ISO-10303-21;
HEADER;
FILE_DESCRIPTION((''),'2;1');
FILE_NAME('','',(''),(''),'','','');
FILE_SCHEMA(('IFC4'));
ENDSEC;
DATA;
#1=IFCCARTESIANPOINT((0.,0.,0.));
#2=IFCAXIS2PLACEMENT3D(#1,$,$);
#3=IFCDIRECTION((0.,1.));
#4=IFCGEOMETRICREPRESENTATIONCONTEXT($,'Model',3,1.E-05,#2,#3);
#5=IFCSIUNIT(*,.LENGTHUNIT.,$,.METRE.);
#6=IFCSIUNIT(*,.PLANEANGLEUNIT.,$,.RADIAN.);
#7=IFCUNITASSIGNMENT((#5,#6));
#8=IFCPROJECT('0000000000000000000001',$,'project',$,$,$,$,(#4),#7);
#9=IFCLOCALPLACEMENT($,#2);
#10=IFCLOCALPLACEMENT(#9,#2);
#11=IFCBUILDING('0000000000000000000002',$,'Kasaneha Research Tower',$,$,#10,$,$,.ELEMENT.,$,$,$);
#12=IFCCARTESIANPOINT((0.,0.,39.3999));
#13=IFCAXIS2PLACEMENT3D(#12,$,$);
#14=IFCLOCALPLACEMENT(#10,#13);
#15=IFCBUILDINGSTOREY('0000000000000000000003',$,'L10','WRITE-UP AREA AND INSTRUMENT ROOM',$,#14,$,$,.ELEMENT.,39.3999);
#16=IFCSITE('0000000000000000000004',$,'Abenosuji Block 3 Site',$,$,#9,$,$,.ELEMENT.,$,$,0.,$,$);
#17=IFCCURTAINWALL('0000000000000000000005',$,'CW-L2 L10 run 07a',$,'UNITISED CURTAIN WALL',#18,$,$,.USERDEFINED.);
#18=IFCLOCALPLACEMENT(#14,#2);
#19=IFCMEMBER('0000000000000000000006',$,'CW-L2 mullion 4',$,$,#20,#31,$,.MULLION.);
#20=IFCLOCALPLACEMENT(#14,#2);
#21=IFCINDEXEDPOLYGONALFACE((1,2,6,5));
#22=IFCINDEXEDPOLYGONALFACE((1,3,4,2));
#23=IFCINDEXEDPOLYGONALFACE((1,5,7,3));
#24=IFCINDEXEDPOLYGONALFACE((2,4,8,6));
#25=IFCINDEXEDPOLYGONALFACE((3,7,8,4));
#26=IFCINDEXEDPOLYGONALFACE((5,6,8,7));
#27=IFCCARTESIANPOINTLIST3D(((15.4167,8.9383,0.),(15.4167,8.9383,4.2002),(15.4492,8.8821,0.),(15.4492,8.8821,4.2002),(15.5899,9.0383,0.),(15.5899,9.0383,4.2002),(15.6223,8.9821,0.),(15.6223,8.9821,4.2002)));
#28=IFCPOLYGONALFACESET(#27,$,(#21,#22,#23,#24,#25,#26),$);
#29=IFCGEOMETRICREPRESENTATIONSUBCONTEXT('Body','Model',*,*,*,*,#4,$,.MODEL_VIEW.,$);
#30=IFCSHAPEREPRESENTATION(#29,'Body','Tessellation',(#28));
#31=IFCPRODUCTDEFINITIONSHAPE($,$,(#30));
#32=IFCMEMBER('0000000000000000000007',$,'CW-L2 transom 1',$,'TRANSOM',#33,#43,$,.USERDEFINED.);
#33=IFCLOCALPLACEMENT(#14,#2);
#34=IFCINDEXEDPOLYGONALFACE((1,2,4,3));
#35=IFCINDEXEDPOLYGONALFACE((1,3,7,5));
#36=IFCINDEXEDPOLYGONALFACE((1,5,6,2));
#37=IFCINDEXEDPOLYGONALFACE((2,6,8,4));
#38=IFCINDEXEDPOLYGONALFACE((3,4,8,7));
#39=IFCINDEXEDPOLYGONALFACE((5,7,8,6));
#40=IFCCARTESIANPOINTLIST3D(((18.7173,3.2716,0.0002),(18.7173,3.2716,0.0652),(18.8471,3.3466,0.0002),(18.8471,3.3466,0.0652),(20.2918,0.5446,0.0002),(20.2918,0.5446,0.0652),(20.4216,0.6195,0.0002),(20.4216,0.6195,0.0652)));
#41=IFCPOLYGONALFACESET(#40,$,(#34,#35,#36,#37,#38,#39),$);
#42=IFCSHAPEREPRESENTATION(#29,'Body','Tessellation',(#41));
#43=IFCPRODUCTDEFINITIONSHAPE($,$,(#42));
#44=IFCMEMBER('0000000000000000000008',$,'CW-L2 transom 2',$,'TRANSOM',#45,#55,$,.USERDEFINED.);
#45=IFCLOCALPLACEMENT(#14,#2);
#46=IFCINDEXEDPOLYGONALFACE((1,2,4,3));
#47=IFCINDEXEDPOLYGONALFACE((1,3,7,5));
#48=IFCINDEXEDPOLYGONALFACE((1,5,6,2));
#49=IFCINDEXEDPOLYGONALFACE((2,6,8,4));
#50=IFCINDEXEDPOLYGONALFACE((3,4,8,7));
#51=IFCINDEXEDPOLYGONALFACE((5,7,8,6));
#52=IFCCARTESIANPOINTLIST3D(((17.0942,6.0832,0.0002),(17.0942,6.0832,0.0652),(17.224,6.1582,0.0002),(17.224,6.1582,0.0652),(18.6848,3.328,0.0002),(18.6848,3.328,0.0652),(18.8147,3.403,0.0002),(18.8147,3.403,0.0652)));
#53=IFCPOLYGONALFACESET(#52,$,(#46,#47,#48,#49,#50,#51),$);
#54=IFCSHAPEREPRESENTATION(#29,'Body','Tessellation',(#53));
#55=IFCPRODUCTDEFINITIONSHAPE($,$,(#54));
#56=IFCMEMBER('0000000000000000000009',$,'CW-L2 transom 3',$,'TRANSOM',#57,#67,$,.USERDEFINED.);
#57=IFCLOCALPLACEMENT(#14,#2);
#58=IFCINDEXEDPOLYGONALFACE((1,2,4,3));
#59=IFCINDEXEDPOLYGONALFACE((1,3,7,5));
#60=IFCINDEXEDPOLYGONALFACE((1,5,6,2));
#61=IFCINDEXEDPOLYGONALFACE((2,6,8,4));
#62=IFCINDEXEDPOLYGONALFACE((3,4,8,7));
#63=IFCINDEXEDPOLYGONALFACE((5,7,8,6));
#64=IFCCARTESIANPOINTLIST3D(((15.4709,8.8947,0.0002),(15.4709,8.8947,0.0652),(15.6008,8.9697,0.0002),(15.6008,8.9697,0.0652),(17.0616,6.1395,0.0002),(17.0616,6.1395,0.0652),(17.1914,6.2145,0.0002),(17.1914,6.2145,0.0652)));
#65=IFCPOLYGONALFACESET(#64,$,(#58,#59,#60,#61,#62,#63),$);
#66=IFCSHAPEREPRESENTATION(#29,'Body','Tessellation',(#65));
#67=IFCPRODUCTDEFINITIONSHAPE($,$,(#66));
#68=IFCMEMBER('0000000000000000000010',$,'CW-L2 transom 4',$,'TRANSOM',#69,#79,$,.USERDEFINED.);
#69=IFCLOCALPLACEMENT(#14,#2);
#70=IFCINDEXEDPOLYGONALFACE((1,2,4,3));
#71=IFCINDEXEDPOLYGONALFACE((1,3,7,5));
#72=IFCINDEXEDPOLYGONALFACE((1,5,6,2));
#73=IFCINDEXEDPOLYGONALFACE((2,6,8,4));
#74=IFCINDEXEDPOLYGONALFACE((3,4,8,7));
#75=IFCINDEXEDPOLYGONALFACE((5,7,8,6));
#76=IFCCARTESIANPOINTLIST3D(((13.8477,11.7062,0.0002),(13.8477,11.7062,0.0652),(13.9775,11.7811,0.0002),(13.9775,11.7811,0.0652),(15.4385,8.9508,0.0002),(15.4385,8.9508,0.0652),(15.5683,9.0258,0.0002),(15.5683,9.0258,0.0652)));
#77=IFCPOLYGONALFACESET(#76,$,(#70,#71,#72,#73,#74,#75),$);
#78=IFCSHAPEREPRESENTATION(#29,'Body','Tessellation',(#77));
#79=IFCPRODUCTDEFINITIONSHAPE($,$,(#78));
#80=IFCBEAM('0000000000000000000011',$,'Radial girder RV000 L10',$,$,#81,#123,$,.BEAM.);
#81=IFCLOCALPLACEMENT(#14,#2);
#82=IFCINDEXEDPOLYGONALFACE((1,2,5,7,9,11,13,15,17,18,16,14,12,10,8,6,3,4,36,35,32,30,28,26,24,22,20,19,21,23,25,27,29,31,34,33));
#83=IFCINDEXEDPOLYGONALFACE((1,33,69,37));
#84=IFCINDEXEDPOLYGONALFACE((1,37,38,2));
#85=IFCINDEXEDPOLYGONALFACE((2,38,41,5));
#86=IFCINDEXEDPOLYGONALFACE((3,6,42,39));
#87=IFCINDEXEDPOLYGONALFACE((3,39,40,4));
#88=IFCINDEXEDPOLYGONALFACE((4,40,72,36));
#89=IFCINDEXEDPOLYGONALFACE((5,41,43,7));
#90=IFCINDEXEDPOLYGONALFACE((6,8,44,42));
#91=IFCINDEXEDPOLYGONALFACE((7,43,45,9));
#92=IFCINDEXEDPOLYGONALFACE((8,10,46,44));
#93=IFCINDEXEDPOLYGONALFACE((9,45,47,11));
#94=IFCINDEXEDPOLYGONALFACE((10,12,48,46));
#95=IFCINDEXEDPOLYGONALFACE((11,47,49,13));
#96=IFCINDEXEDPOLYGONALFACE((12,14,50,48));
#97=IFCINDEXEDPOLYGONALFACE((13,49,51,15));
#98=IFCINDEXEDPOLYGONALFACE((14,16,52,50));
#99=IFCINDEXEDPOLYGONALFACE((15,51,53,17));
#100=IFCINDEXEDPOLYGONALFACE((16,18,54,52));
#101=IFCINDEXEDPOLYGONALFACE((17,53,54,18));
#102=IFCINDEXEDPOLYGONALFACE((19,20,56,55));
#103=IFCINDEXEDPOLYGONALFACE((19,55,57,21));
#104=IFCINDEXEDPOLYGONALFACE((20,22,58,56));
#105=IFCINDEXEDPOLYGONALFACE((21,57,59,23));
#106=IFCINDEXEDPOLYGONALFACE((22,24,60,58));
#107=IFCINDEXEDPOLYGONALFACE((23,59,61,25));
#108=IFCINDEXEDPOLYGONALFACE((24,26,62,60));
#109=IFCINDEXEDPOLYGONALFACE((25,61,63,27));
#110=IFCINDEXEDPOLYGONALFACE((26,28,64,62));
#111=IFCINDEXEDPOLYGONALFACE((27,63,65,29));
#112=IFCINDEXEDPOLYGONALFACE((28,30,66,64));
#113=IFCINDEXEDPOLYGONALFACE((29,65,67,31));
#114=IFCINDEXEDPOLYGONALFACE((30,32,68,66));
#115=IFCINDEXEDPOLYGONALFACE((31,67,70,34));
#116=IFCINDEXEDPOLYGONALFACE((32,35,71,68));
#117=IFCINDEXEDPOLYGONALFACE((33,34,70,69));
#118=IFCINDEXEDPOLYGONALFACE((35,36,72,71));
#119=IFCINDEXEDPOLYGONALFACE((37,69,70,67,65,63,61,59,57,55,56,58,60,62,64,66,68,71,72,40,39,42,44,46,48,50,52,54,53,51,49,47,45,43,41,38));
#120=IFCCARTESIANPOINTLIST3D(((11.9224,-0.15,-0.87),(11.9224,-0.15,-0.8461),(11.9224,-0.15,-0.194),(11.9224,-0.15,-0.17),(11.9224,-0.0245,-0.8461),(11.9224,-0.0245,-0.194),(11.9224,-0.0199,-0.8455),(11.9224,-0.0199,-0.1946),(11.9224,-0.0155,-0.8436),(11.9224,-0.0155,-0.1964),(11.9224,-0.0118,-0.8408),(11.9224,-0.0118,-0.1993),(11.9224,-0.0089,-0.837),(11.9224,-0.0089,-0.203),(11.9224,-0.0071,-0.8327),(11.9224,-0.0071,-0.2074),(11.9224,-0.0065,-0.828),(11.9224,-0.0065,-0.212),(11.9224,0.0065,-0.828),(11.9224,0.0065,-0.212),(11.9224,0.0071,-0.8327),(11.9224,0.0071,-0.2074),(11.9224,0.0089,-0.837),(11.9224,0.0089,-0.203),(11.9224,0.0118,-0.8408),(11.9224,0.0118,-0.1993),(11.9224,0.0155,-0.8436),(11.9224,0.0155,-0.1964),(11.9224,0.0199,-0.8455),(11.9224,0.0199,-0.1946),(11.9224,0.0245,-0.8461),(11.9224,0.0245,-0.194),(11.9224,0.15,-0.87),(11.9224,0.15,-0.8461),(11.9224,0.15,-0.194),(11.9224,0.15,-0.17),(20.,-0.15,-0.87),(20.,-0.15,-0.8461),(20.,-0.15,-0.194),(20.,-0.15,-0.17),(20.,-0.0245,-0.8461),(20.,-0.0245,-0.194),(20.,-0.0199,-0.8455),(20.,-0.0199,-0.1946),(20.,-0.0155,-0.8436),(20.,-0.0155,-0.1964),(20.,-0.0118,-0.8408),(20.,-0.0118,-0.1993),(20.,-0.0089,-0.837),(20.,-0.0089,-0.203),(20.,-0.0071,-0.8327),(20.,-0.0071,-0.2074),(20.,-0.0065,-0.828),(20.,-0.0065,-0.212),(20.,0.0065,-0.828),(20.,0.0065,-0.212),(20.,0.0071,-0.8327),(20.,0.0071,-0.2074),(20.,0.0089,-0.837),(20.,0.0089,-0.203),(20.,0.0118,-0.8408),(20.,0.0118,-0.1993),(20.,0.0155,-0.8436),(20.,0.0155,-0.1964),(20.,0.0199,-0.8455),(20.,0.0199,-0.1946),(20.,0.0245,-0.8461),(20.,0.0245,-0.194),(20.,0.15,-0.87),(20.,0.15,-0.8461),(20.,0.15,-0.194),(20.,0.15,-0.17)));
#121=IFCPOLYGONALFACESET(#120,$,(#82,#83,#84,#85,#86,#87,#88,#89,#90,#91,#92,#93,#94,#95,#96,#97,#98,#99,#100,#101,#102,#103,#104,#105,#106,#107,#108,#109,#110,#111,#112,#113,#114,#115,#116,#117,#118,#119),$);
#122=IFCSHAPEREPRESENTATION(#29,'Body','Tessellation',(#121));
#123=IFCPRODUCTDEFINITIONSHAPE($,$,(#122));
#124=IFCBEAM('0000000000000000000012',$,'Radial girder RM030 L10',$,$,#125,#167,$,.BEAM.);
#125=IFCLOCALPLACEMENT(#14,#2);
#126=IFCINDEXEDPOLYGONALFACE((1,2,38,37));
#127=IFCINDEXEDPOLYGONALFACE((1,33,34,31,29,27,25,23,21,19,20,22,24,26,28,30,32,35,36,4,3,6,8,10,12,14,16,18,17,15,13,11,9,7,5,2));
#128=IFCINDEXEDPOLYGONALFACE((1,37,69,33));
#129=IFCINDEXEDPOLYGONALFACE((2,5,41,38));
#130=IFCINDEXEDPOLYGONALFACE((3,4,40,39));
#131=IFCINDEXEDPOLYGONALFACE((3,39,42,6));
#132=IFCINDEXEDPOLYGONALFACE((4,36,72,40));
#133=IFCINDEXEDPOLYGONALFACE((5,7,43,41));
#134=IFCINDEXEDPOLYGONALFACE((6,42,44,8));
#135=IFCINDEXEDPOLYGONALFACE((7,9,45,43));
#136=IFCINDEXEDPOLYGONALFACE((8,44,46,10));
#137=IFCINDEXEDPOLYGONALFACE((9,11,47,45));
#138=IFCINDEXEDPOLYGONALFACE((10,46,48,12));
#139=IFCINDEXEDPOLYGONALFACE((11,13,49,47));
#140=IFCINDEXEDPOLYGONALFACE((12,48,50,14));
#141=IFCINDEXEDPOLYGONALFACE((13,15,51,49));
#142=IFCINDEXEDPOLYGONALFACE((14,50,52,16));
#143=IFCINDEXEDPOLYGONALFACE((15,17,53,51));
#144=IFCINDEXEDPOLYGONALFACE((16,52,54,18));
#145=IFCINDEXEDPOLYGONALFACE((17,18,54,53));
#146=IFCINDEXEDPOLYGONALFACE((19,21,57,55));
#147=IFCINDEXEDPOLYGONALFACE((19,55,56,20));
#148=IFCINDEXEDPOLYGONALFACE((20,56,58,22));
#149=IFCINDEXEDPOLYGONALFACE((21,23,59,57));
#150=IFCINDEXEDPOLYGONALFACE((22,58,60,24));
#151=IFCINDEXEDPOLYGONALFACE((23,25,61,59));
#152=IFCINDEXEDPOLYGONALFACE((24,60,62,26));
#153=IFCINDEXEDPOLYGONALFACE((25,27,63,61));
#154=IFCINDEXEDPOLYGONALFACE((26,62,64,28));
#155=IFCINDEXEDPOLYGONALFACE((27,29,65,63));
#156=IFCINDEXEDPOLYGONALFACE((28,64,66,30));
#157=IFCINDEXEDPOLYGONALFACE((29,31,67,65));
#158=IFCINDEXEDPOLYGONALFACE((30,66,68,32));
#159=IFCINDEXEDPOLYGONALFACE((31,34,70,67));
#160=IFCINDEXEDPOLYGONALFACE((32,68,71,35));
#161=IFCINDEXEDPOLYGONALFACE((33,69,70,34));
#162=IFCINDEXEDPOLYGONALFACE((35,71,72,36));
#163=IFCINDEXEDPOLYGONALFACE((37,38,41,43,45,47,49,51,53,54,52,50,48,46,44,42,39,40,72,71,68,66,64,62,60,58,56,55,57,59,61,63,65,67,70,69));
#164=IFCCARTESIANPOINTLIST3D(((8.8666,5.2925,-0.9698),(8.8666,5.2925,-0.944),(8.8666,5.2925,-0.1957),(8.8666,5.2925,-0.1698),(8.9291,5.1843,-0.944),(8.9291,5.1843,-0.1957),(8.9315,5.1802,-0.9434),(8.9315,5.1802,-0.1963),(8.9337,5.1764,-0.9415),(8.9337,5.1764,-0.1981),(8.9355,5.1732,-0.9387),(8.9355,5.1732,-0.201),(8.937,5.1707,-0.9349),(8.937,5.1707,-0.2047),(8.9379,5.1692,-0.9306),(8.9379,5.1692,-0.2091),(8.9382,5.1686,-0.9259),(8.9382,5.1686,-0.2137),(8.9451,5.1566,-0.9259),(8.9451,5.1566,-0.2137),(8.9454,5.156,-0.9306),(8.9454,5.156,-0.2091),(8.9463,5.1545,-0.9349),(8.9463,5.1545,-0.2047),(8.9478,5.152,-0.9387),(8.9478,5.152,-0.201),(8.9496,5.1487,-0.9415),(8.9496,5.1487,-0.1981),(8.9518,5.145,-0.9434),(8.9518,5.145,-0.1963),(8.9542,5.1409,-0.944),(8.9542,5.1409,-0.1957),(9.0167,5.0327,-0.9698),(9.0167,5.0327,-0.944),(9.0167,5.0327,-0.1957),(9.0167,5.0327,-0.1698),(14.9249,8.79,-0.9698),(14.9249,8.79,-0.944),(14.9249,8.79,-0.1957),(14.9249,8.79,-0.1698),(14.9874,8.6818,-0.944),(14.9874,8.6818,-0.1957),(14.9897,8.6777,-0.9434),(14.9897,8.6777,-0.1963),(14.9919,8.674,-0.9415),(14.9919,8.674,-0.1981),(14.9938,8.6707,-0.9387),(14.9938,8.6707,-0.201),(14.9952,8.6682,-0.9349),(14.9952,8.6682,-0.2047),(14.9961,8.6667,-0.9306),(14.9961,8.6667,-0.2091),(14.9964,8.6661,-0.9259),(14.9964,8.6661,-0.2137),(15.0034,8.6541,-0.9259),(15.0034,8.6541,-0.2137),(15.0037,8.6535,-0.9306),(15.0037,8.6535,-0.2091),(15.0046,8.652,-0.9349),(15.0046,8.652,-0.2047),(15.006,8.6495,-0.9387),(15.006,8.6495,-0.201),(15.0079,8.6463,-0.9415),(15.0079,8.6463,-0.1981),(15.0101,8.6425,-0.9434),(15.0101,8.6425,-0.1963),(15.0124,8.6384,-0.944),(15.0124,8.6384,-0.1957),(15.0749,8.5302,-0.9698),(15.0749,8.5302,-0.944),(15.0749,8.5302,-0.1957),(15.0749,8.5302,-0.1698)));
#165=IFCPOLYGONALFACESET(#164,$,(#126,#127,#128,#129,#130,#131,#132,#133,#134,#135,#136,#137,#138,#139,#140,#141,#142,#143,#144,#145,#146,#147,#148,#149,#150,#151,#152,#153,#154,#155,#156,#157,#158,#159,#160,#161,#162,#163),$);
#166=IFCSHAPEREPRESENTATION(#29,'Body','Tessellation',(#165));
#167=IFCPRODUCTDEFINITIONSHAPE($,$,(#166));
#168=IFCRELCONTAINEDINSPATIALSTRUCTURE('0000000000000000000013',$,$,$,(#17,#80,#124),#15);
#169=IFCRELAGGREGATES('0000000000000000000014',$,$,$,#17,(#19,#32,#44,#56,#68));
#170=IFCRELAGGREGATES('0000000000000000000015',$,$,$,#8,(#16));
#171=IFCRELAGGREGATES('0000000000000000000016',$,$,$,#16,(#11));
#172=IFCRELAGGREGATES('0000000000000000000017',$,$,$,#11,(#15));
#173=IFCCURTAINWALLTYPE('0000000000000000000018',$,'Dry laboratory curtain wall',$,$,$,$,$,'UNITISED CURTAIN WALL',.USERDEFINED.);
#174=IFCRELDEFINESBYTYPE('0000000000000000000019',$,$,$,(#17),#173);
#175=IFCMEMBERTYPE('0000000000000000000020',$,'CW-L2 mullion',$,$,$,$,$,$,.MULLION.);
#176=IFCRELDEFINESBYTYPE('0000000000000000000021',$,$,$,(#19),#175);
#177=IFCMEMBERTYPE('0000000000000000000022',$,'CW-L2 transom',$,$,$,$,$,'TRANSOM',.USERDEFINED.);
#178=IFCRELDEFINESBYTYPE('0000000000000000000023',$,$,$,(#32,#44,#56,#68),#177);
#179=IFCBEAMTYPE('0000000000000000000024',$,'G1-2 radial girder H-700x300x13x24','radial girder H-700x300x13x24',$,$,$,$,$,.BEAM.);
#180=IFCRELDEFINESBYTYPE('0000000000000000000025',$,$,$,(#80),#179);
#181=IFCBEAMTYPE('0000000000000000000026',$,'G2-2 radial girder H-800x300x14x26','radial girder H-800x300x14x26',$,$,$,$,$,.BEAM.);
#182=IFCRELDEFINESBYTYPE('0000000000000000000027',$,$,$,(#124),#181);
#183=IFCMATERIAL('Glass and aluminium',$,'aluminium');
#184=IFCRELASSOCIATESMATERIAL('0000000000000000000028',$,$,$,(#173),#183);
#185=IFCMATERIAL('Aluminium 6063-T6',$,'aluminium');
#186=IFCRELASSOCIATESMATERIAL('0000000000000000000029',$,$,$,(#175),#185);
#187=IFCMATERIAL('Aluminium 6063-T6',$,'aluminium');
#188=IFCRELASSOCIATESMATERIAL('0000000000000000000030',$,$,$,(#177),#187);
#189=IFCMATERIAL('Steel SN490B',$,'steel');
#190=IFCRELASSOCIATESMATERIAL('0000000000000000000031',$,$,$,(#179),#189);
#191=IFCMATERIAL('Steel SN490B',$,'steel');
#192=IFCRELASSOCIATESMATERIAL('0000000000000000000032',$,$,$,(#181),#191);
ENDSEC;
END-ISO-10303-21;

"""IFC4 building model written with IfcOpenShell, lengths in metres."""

from ifc_helpers import new_model, si_unit, direction, frame, origin, origin_2d, place, context, subcontext, project, spatial, rectangle, i_section, extrude, material, material_profile, profile_set, type_object, element, aggregate, save


model = new_model("IFC4")

# Units and contexts
model_context = context("Model", 3, precision=1e-05, world=origin(), true_north=direction((0.0, 1.0)))
body_context = subcontext(model_context, "Body", "Model", "MODEL_VIEW")
ifc_project = project(units=[si_unit("LENGTHUNIT", "METRE"), si_unit("PLANEANGLEUNIT", "RADIAN")], contexts=[model_context])

# Site, building, storey
site_placement = place(None, origin())
site = spatial("IfcSite", under=ifc_project, at=site_placement, Name="Abenosuji Block 3 Site", CompositionType="ELEMENT", RefElevation=0.0)
building_placement = place(site_placement, origin())
building = spatial("IfcBuilding", under=site, at=building_placement, Name="Kasaneha Research Tower", CompositionType="ELEMENT")
storey_placement = place(building_placement, frame((0.0, 0.0, 39.3999)))
storey = spatial("IfcBuildingStorey", under=building, at=storey_placement, Name="L10", Description="WRITE-UP AREA AND INSTRUMENT ROOM", CompositionType="ELEMENT", Elevation=39.3999)

# Shared definitions
ifc_material_1 = material(Name="Glass and aluminium", Category="aluminium")
curtain_wall_type = type_object("IfcCurtainWallType", Name="Dry laboratory curtain wall", ElementType="UNITISED CURTAIN WALL", PredefinedType="USERDEFINED", material=ifc_material_1)
ifc_material_2 = material(Name="Aluminium 6063-T6", Category="aluminium")
ifc_material_profile_1 = material_profile(ifc_material_2, rectangle(XDim=0.0649, YDim=0.2, at=origin_2d()), Name="CW-L2 mullion 65x200")
ifc_profile_set_1 = profile_set([ifc_material_profile_1], Name="Aluminium 6063-T6")
member_type_1 = type_object("IfcMemberType", Name="CW-L2 mullion", PredefinedType="MULLION", material=ifc_profile_set_1)

# Curtain wall, members
curtain_wall_1_placement = place(storey_placement, origin())
curtain_wall_1 = element("IfcCurtainWall", 1, at=curtain_wall_1_placement, inside=storey, type_object=curtain_wall_type, Name="CW-L2 L10 run 07a", ObjectType="UNITISED CURTAIN WALL", PredefinedType="USERDEFINED")
member_1_placement = place(storey_placement, frame((15.5195, 8.9602, 0.0), z_axis=(0.0, 0.0, 1.0), x_axis=(-0.5, 0.866025, 0.0)))
member_1 = element("IfcMember", 2, at=member_1_placement, type_object=member_type_1, Name="CW-L2 mullion 4", PredefinedType="MULLION", context=body_context, shape_type="SweptSolid", body=[
    extrude(rectangle(XDim=0.0649, YDim=0.2, at=origin_2d()), origin(), (0.0, 0.0, 1.0), 4.2002),
])
ifc_material_3 = material(Name="Aluminium 6063-T6", Category="aluminium")
ifc_material_profile_2 = material_profile(ifc_material_3, rectangle(XDim=0.1499, YDim=0.0649, at=origin_2d()), Name="CW-L2 transom 150x65")
ifc_profile_set_2 = profile_set([ifc_material_profile_2], Name="Aluminium 6063-T6")
member_type_2 = type_object("IfcMemberType", Name="CW-L2 transom", ElementType="TRANSOM", PredefinedType="USERDEFINED", material=ifc_profile_set_2)
member_2_placement = place(storey_placement, frame((20.3567, 0.582, 0.0327), z_axis=(-0.5, 0.866025, 0.0), x_axis=(-0.866025, -0.5, 0.0)))
member_2 = element("IfcMember", 3, at=member_2_placement, type_object=member_type_2, Name="CW-L2 transom 1", ObjectType="TRANSOM", PredefinedType="USERDEFINED", context=body_context, shape_type="SweptSolid", body=[
    extrude(rectangle(XDim=0.1499, YDim=0.0649, at=origin_2d()), origin(), (0.0, 0.0, 1.0), 3.1489),
])
member_3_placement = place(storey_placement, frame((18.7498, 3.3655, 0.0327), z_axis=(-0.499977, 0.866039, 0.0), x_axis=(-0.866039, -0.499977, 0.0)))
member_3 = element("IfcMember", 4, at=member_3_placement, type_object=member_type_2, Name="CW-L2 transom 2", ObjectType="TRANSOM", PredefinedType="USERDEFINED", context=body_context, shape_type="SweptSolid", body=[
    extrude(rectangle(XDim=0.1499, YDim=0.0649, at=origin_2d()), origin(), (0.0, 0.0, 1.0), 3.1814),
])
member_4_placement = place(storey_placement, frame((17.1265, 6.177, 0.0327), z_axis=(-0.499977, 0.866039, 0.0), x_axis=(-0.866039, -0.499977, 0.0)))
member_4 = element("IfcMember", 5, at=member_4_placement, type_object=member_type_2, Name="CW-L2 transom 3", ObjectType="TRANSOM", PredefinedType="USERDEFINED", context=body_context, shape_type="SweptSolid", body=[
    extrude(rectangle(XDim=0.1499, YDim=0.0649, at=origin_2d()), origin(), (0.0, 0.0, 1.0), 3.1814),
])
member_5_placement = place(storey_placement, frame((15.5034, 8.9883, 0.0327), z_axis=(-0.500001, 0.866025, 0.0), x_axis=(-0.866025, -0.500001, 0.0)))
member_5 = element("IfcMember", 6, at=member_5_placement, type_object=member_type_2, Name="CW-L2 transom 4", ObjectType="TRANSOM", PredefinedType="USERDEFINED", context=body_context, shape_type="SweptSolid", body=[
    extrude(rectangle(XDim=0.1499, YDim=0.0649, at=origin_2d()), origin(), (0.0, 0.0, 1.0), 3.1816),
])

# Beams
ifc_material_4 = material(Name="Steel SN490B", Category="steel")
ifc_material_profile_3 = material_profile(ifc_material_4, i_section(OverallWidth=0.3, OverallDepth=0.7, WebThickness=0.0129, FlangeThickness=0.0239, FilletRadius=0.0181, at=origin_2d()), Name="H-700x300x13x24")
ifc_profile_set_3 = profile_set([ifc_material_profile_3], Name="Steel SN490B")
beam_type_1 = type_object("IfcBeamType", Name="G1-2 radial girder H-700x300x13x24", Description="radial girder H-700x300x13x24", PredefinedType="BEAM", material=ifc_profile_set_3)
beam_1_placement = place(storey_placement, frame((11.9224, 0.0, -0.52), z_axis=(1.0, 0.0, 0.0), x_axis=(0.0, 1.0, 0.0)))
element("IfcBeam", 7, at=beam_1_placement, inside=storey, type_object=beam_type_1, Name="Radial girder RV000 L10", PredefinedType="BEAM", context=body_context, shape_type="SweptSolid", body=[
    extrude(i_section(OverallWidth=0.3, OverallDepth=0.7, WebThickness=0.0129, FlangeThickness=0.0239, FilletRadius=0.0181, at=origin_2d()), origin(), (0.0, 0.0, 1.0), 8.0776),
])
ifc_material_5 = material(Name="Steel SN490B", Category="steel")
ifc_material_profile_4 = material_profile(ifc_material_5, i_section(OverallWidth=0.3, OverallDepth=0.8, WebThickness=0.0139, FlangeThickness=0.0259, FilletRadius=0.0181, at=origin_2d()), Name="H-800x300x14x26")
ifc_profile_set_4 = profile_set([ifc_material_profile_4], Name="Steel SN490B")
beam_type_2 = type_object("IfcBeamType", Name="G2-2 radial girder H-800x300x14x26", Description="radial girder H-800x300x14x26", PredefinedType="BEAM", material=ifc_profile_set_4)
beam_2_placement = place(storey_placement, frame((8.9417, 5.1626, -0.5698), z_axis=(0.86604, 0.499975, 0.0), x_axis=(-0.499975, 0.86604, 0.0)))
element("IfcBeam", 8, at=beam_2_placement, inside=storey, type_object=beam_type_2, Name="Radial girder RM030 L10", PredefinedType="BEAM", context=body_context, shape_type="SweptSolid", body=[
    extrude(i_section(OverallWidth=0.3, OverallDepth=0.8, WebThickness=0.0139, FlangeThickness=0.0259, FilletRadius=0.0181, at=origin_2d()), origin(), (0.0, 0.0, 1.0), 6.9954),
])

aggregate(curtain_wall_1, [member_1, member_2, member_3, member_4, member_5])

save(model, "model.ifc")
